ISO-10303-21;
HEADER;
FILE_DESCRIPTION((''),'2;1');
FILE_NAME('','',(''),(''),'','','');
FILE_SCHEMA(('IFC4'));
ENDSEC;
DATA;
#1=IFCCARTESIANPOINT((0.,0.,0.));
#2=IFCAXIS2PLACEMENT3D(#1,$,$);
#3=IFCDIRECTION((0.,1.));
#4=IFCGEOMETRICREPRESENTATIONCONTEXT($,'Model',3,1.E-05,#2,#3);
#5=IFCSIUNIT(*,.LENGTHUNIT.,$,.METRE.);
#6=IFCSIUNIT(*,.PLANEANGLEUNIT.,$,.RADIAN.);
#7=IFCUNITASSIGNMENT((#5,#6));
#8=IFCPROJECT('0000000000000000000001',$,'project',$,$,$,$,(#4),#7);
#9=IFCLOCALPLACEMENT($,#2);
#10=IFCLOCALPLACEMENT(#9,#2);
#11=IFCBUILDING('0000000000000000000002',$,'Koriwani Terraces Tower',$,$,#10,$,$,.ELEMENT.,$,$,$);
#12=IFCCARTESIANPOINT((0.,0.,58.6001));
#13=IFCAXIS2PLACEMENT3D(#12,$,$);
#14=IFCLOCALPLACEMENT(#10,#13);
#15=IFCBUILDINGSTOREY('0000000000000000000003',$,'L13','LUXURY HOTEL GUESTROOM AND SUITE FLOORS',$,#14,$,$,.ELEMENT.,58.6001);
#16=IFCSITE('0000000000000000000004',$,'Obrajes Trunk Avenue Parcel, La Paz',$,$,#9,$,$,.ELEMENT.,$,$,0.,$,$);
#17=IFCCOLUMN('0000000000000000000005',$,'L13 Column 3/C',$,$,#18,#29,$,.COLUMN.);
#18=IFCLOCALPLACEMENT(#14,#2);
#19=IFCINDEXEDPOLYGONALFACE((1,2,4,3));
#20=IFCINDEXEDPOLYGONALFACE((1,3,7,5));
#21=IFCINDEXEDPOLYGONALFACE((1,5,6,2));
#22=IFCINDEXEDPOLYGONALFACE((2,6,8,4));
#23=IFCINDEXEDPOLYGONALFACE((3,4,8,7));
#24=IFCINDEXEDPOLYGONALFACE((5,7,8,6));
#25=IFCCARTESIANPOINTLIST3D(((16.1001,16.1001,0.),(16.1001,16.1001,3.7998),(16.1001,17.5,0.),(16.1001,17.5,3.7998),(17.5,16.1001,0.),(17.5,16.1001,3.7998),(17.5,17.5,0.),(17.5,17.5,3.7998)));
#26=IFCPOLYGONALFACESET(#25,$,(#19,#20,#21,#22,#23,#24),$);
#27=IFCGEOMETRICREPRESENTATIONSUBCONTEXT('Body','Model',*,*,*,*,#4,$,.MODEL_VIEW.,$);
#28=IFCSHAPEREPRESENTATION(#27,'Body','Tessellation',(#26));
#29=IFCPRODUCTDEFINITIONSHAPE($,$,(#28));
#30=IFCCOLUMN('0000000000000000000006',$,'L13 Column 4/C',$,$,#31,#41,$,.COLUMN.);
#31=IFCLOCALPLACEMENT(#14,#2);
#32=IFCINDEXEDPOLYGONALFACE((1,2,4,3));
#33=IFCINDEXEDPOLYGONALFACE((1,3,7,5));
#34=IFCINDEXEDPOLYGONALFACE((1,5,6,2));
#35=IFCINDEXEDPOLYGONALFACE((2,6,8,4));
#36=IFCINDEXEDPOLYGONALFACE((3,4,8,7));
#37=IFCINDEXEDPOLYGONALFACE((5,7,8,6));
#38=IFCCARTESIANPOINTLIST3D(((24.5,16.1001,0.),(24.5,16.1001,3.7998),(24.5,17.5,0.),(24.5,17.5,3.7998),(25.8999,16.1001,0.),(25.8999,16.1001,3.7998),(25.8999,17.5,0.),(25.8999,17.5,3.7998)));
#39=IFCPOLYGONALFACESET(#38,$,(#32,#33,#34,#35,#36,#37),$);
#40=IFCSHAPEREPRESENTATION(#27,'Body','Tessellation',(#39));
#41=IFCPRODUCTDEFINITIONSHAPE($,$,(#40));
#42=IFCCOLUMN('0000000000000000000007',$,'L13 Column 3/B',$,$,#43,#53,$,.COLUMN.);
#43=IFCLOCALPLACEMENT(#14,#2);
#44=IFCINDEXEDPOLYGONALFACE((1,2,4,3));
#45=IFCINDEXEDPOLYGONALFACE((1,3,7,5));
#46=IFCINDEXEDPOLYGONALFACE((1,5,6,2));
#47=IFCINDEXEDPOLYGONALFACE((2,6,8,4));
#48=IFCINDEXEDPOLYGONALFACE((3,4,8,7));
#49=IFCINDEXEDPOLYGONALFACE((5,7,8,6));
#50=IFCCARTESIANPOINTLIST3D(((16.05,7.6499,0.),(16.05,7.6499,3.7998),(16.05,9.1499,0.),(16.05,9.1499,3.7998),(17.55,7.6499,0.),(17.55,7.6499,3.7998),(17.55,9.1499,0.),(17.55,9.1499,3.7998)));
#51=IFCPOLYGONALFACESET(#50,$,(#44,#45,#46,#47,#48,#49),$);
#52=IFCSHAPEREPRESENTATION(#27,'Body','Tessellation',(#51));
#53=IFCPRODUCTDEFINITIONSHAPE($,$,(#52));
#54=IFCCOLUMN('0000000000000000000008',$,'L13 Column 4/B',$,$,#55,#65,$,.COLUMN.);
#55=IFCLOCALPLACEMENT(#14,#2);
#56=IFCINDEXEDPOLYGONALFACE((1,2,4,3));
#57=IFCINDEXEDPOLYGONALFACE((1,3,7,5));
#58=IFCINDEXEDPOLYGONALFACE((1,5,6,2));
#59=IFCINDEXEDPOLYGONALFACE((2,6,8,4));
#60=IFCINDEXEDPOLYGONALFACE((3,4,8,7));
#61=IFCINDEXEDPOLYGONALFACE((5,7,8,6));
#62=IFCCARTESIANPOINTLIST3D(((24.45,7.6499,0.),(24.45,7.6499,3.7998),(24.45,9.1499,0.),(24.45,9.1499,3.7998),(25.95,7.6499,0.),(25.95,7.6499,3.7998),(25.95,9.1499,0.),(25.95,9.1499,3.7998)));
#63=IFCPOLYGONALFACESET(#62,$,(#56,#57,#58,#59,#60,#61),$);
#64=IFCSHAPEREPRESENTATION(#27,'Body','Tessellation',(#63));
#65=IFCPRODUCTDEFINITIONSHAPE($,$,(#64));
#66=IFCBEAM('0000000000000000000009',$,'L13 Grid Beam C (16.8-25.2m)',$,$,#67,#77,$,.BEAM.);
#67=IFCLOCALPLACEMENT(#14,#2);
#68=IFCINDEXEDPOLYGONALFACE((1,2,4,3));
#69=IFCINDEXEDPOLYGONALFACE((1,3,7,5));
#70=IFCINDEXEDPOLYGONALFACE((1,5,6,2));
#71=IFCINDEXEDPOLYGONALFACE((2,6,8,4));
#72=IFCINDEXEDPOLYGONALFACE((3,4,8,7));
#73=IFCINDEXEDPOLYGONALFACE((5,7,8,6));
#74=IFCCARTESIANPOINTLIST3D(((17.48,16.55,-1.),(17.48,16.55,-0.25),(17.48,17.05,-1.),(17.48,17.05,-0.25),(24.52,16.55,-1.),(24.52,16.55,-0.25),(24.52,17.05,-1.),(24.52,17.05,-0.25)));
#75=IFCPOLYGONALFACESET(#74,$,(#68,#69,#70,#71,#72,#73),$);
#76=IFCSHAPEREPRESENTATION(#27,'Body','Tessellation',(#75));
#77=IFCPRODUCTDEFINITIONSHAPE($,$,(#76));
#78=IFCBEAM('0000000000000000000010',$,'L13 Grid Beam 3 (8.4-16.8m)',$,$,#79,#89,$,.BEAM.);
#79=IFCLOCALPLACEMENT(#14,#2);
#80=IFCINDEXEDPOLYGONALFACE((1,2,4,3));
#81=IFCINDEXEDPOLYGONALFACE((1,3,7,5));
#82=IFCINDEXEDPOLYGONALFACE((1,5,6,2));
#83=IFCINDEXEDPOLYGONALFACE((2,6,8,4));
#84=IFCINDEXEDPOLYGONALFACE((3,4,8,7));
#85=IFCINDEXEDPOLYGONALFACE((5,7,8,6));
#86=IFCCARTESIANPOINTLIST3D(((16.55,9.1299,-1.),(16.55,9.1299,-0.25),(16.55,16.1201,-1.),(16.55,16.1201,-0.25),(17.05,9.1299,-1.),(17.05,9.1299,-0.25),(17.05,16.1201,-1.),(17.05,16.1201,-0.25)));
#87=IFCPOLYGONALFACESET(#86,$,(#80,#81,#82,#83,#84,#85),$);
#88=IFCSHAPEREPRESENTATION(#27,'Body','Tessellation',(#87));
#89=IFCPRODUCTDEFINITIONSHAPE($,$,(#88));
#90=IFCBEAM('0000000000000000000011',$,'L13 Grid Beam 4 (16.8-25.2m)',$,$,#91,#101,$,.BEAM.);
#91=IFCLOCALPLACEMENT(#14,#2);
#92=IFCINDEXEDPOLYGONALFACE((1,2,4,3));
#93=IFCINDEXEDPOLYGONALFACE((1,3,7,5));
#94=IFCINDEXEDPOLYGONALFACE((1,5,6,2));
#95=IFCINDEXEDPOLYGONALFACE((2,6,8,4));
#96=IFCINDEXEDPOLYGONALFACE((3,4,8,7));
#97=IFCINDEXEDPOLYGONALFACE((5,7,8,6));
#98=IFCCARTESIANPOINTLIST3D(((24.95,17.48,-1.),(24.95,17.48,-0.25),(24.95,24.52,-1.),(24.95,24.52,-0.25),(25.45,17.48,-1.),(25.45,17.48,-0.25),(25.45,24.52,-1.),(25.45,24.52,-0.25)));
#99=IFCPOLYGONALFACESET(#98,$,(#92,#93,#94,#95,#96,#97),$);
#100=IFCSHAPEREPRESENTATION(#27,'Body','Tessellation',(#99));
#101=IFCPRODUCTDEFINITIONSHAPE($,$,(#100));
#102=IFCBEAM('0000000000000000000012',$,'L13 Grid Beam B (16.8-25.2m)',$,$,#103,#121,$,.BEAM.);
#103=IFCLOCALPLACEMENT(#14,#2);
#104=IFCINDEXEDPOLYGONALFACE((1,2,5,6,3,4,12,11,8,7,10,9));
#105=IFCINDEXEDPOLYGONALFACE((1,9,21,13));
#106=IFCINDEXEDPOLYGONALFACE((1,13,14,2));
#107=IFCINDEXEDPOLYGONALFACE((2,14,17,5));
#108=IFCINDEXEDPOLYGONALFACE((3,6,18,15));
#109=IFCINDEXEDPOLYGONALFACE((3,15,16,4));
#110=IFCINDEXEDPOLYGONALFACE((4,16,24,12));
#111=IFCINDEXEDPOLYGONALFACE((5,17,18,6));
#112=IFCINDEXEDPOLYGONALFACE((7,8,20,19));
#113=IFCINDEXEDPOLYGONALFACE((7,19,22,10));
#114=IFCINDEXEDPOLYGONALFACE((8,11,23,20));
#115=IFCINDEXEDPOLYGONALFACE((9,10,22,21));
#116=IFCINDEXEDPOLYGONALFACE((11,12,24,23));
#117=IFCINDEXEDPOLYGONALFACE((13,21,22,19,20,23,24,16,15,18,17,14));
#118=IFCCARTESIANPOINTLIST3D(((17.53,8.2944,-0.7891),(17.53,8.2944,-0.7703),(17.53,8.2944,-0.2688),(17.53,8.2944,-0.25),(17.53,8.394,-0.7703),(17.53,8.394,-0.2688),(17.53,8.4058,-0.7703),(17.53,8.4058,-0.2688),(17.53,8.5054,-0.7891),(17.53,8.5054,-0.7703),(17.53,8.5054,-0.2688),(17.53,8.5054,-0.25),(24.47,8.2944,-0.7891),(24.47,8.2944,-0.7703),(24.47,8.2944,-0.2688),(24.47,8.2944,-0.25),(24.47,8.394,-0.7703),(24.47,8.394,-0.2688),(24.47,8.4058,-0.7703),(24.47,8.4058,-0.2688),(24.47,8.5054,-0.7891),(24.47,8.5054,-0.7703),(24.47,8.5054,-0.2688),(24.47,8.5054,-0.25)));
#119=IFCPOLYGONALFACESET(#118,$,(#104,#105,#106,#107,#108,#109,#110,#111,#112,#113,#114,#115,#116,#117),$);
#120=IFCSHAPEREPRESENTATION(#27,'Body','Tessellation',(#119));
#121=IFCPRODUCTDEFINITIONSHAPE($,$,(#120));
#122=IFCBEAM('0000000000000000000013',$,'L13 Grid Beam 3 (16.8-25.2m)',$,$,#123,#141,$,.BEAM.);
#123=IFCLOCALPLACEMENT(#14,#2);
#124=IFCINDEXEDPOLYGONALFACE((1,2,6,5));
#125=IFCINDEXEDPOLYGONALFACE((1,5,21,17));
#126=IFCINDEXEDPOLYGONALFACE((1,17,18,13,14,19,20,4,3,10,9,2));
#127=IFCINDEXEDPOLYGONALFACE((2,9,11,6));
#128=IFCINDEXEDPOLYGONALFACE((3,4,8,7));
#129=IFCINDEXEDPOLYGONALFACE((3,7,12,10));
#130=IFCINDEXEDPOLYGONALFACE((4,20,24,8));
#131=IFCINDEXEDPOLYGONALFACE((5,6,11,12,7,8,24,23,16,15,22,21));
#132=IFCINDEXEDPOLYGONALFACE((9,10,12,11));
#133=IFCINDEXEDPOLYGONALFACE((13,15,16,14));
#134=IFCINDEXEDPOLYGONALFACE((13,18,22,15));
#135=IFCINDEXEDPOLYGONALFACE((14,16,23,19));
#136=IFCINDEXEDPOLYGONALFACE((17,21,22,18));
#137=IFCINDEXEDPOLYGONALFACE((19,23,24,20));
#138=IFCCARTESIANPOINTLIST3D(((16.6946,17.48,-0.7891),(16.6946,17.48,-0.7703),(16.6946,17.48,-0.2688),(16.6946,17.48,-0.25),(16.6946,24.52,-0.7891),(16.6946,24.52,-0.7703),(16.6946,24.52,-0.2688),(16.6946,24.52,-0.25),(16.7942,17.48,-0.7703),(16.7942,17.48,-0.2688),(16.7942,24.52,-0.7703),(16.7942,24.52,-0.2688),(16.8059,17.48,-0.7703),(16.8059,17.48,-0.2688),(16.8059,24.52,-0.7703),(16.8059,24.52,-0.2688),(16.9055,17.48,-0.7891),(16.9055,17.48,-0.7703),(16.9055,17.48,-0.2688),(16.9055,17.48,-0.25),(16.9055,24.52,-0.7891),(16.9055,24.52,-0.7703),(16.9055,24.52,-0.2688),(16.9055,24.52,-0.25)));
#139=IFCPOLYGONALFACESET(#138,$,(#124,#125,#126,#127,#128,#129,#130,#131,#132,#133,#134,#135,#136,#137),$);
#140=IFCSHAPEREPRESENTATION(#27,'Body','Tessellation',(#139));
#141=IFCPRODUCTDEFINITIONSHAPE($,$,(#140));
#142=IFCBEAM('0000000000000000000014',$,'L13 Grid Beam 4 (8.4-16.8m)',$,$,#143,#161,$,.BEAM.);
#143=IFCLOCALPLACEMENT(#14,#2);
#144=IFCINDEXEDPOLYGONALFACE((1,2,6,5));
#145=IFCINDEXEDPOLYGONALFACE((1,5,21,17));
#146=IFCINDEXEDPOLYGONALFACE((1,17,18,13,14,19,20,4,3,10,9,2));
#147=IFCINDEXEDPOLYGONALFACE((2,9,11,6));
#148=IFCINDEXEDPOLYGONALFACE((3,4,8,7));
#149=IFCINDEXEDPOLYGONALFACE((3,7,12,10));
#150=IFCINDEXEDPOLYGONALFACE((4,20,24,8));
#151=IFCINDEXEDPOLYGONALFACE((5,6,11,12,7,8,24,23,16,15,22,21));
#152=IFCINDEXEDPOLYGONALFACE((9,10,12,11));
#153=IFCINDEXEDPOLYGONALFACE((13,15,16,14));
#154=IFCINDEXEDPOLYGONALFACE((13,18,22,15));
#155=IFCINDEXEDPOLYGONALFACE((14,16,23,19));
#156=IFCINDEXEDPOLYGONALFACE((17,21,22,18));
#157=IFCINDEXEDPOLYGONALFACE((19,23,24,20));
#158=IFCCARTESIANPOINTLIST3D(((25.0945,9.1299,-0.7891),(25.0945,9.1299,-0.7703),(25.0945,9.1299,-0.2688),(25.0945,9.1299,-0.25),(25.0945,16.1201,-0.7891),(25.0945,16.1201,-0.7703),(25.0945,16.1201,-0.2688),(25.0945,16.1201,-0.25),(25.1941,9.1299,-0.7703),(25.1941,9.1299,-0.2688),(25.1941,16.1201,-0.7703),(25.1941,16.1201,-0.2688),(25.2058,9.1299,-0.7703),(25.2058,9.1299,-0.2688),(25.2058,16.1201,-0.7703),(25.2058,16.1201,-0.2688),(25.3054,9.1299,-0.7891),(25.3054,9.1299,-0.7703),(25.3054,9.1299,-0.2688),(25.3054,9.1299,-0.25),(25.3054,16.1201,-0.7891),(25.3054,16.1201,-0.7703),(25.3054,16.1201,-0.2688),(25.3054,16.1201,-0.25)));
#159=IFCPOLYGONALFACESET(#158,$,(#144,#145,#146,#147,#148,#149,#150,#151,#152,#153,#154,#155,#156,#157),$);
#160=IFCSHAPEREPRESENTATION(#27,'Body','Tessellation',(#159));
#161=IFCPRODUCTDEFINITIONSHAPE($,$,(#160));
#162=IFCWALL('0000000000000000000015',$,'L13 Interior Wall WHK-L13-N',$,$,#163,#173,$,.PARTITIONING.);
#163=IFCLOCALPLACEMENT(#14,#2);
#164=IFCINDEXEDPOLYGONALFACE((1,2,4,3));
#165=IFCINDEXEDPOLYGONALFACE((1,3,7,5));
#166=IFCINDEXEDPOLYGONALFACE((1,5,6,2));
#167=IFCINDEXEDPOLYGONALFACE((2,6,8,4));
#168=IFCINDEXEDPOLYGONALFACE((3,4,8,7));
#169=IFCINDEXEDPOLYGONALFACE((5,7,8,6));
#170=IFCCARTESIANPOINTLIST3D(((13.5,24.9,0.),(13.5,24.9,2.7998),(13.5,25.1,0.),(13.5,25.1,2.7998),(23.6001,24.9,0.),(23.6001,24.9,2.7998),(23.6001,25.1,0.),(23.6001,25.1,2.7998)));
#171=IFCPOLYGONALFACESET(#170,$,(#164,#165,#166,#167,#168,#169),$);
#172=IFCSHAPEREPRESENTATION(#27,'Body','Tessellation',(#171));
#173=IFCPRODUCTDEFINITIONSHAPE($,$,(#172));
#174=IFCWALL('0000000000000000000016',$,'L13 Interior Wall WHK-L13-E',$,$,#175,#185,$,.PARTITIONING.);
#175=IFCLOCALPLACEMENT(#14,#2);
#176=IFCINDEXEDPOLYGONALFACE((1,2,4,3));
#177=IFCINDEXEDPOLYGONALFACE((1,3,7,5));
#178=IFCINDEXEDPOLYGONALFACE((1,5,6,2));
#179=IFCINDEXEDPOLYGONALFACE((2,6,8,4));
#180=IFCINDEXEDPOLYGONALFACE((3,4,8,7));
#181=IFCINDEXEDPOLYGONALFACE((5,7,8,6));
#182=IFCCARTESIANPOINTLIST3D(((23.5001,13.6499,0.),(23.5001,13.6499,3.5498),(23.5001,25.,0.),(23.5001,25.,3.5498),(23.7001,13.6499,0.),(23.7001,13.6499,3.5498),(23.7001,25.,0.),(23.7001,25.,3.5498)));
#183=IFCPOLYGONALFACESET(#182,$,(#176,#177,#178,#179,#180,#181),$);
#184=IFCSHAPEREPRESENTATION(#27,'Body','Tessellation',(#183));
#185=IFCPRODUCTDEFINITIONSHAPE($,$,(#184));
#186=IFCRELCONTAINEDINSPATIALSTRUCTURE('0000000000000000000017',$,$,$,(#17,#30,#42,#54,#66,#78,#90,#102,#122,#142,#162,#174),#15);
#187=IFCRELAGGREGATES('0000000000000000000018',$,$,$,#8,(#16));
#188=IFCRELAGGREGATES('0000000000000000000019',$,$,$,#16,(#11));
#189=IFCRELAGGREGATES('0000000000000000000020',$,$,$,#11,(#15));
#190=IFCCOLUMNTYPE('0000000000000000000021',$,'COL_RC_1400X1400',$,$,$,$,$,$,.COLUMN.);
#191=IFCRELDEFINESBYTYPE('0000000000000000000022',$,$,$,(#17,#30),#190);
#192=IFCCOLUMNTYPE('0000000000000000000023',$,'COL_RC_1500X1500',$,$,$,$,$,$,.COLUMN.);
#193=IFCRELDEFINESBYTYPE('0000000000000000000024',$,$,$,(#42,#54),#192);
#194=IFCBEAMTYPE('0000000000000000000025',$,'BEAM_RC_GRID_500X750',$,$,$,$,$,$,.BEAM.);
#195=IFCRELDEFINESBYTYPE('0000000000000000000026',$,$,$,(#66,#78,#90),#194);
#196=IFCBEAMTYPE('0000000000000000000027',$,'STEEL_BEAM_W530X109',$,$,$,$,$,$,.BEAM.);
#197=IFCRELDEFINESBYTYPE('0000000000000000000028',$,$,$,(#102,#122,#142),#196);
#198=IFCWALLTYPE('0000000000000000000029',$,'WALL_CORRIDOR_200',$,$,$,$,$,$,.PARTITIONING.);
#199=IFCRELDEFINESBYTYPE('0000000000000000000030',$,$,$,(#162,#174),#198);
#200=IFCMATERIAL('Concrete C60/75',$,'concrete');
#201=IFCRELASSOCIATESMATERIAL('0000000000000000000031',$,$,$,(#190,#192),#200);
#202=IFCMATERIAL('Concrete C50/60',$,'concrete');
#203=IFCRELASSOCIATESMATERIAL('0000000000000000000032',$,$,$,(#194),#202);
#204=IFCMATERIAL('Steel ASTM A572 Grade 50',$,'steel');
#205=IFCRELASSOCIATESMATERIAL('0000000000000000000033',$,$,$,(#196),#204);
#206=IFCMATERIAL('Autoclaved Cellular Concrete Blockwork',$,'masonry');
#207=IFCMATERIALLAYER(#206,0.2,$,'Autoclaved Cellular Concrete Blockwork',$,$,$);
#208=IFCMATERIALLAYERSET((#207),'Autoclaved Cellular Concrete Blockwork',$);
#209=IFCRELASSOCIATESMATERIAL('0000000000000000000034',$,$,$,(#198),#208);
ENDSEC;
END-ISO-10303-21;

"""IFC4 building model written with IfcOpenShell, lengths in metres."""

from ifc_helpers import new_model, si_unit, direction, frame, frame_2d, origin, origin_2d, place, context, subcontext, project, spatial, rectangle, i_section, extrude, material, layer, layer_set, material_profile, profile_set, type_object, element, save


model = new_model("IFC4")

# Units and contexts
model_context = context("Model", 3, precision=1e-05, world=origin(), true_north=direction((0.0, 1.0)))
body_context = subcontext(model_context, "Body", "Model", "MODEL_VIEW")
ifc_project = project(units=[si_unit("LENGTHUNIT", "METRE"), si_unit("PLANEANGLEUNIT", "RADIAN")], contexts=[model_context])

# Site, building, storey
site_placement = place(None, origin())
site = spatial("IfcSite", under=ifc_project, at=site_placement, Name="Obrajes Trunk Avenue Parcel, La Paz", CompositionType="ELEMENT", RefElevation=0.0)
building_placement = place(site_placement, origin())
building = spatial("IfcBuilding", under=site, at=building_placement, Name="Koriwani Terraces Tower", CompositionType="ELEMENT")
storey_placement = place(building_placement, frame((0.0, 0.0, 58.6001)))
storey = spatial("IfcBuildingStorey", under=building, at=storey_placement, Name="L13", Description="LUXURY HOTEL GUESTROOM AND SUITE FLOORS", CompositionType="ELEMENT", Elevation=58.6001)

# Columns
ifc_material_1 = material(Name="Concrete C60/75", Category="concrete")
ifc_material_profile_1 = material_profile(ifc_material_1, rectangle(XDim=1.3999, YDim=1.3999, at=origin_2d()), Name="Concrete C60/75", Category="LoadBearing")
ifc_profile_set_1 = profile_set([ifc_material_profile_1], Name="Concrete C60/75")
column_type_1 = type_object("IfcColumnType", Name="COL_RC_1400X1400", PredefinedType="COLUMN", material=ifc_profile_set_1)
for number, where, z_axis, x_axis, name in (
    (1, (16.8, 16.8, 0.0), (0.0, 0.0, 1.0), (1.0, 0.0, 0.0), "L13 Column 3/C"),
    (2, (25.2, 16.8, 0.0), (0.0, 0.0, 1.0), (1.0, 0.0, 0.0), "L13 Column 4/C"),
):
    element("IfcColumn", number, at=place(storey_placement, frame(where, z_axis=z_axis, x_axis=x_axis)), inside=storey, type_object=column_type_1, Name=name, PredefinedType="COLUMN", context=body_context, shape_type="SweptSolid", body=[
        extrude(rectangle(XDim=1.3999, YDim=1.3999, at=origin_2d()), origin(), (0.0, 0.0, 1.0), 3.7998),
    ])
ifc_material_profile_2 = material_profile(ifc_material_1, rectangle(XDim=1.5, YDim=1.5, at=origin_2d()), Name="Concrete C60/75", Category="LoadBearing")
ifc_profile_set_2 = profile_set([ifc_material_profile_2], Name="Concrete C60/75")
column_type_2 = type_object("IfcColumnType", Name="COL_RC_1500X1500", PredefinedType="COLUMN", material=ifc_profile_set_2)
for number, where, z_axis, x_axis, name in (
    (3, (16.8, 8.3999, 0.0), (0.0, 0.0, 1.0), (1.0, 0.0, 0.0), "L13 Column 3/B"),
    (4, (25.2, 8.3999, 0.0), (0.0, 0.0, 1.0), (1.0, 0.0, 0.0), "L13 Column 4/B"),
):
    element("IfcColumn", number, at=place(storey_placement, frame(where, z_axis=z_axis, x_axis=x_axis)), inside=storey, type_object=column_type_2, Name=name, PredefinedType="COLUMN", context=body_context, shape_type="SweptSolid", body=[
        extrude(rectangle(XDim=1.5, YDim=1.5, at=origin_2d()), origin(), (0.0, 0.0, 1.0), 3.7998),
    ])

# Beams
ifc_material_2 = material(Name="Concrete C50/60", Category="concrete")
ifc_material_profile_3 = material_profile(ifc_material_2, rectangle(XDim=0.5, YDim=0.75, at=origin_2d()), Name="Concrete C50/60", Category="LoadBearing")
ifc_profile_set_3 = profile_set([ifc_material_profile_3], Name="Concrete C50/60")
beam_type_1 = type_object("IfcBeamType", Name="BEAM_RC_GRID_500X750", PredefinedType="BEAM", material=ifc_profile_set_3)
beam_1_placement = place(storey_placement, frame((17.48, 16.8, -0.625), z_axis=(1.0, 0.0, 0.0), x_axis=(0.0, 1.0, 0.0)))
element("IfcBeam", 5, at=beam_1_placement, inside=storey, type_object=beam_type_1, Name="L13 Grid Beam C (16.8-25.2m)", PredefinedType="BEAM", context=body_context, shape_type="SweptSolid", body=[
    extrude(rectangle(XDim=0.5, YDim=0.75, at=origin_2d()), origin(), (0.0, 0.0, 1.0), 7.04),
])
beam_2_placement = place(storey_placement, frame((16.8, 9.1299, -0.625), z_axis=(0.0, 1.0, 0.0), x_axis=(-1.0, 0.0, 0.0)))
element("IfcBeam", 6, at=beam_2_placement, inside=storey, type_object=beam_type_1, Name="L13 Grid Beam 3 (8.4-16.8m)", PredefinedType="BEAM", context=body_context, shape_type="SweptSolid", body=[
    extrude(rectangle(XDim=0.5, YDim=0.75, at=origin_2d()), origin(), (0.0, 0.0, 1.0), 6.9902),
])
beam_3_placement = place(storey_placement, frame((25.2, 17.48, -0.625), z_axis=(0.0, 1.0, 0.0), x_axis=(-1.0, 0.0, 0.0)))
element("IfcBeam", 7, at=beam_3_placement, inside=storey, type_object=beam_type_1, Name="L13 Grid Beam 4 (16.8-25.2m)", PredefinedType="BEAM", context=body_context, shape_type="SweptSolid", body=[
    extrude(rectangle(XDim=0.5, YDim=0.75, at=origin_2d()), origin(), (0.0, 0.0, 1.0), 7.04),
])
ifc_material_3 = material(Name="Steel ASTM A572 Grade 50", Category="steel")
ifc_material_profile_4 = material_profile(ifc_material_3, i_section(OverallWidth=0.2109, OverallDepth=0.5391, WebThickness=0.0117, FlangeThickness=0.0188, at=origin_2d()), Name="Steel ASTM A572 Grade 50", Category="LoadBearing")
ifc_profile_set_4 = profile_set([ifc_material_profile_4], Name="Steel ASTM A572 Grade 50")
beam_type_2 = type_object("IfcBeamType", Name="STEEL_BEAM_W530X109", PredefinedType="BEAM", material=ifc_profile_set_4)
beam_4_placement = place(storey_placement, frame((17.53, 8.3999, -0.5195), z_axis=(1.0, 0.0, 0.0), x_axis=(0.0, 1.0, 0.0)))
element("IfcBeam", 8, at=beam_4_placement, inside=storey, type_object=beam_type_2, Name="L13 Grid Beam B (16.8-25.2m)", PredefinedType="BEAM", context=body_context, shape_type="SweptSolid", body=[
    extrude(i_section(OverallWidth=0.2109, OverallDepth=0.5391, WebThickness=0.0117, FlangeThickness=0.0188, at=origin_2d()), origin(), (0.0, 0.0, 1.0), 6.9399),
])
beam_5_placement = place(storey_placement, frame((16.8, 17.48, -0.5195), z_axis=(0.0, 1.0, 0.0), x_axis=(-1.0, 0.0, 0.0)))
element("IfcBeam", 9, at=beam_5_placement, inside=storey, type_object=beam_type_2, Name="L13 Grid Beam 3 (16.8-25.2m)", PredefinedType="BEAM", context=body_context, shape_type="SweptSolid", body=[
    extrude(i_section(OverallWidth=0.2109, OverallDepth=0.5391, WebThickness=0.0117, FlangeThickness=0.0188, at=origin_2d()), origin(), (0.0, 0.0, 1.0), 7.04),
])
beam_6_placement = place(storey_placement, frame((25.2, 9.1299, -0.5195), z_axis=(0.0, 1.0, 0.0), x_axis=(-1.0, 0.0, 0.0)))
element("IfcBeam", 10, at=beam_6_placement, inside=storey, type_object=beam_type_2, Name="L13 Grid Beam 4 (8.4-16.8m)", PredefinedType="BEAM", context=body_context, shape_type="SweptSolid", body=[
    extrude(i_section(OverallWidth=0.2109, OverallDepth=0.5391, WebThickness=0.0117, FlangeThickness=0.0188, at=origin_2d()), origin(), (0.0, 0.0, 1.0), 6.9902),
])

# Walls
ifc_material_4 = material(Name="Autoclaved Cellular Concrete Blockwork", Category="masonry")
ifc_layer_1 = layer(ifc_material_4, 0.2, Name="Autoclaved Cellular Concrete Blockwork")
ifc_layer_set_1 = layer_set([ifc_layer_1], Name="Autoclaved Cellular Concrete Blockwork")
wall_type_1 = type_object("IfcWallType", Name="WALL_CORRIDOR_200", PredefinedType="PARTITIONING", material=ifc_layer_set_1)
wall_1_placement = place(storey_placement, frame((13.5, 25.0, 0.0), z_axis=(0.0, 0.0, 1.0), x_axis=(1.0, 0.0, 0.0)))
element("IfcWall", 11, at=wall_1_placement, inside=storey, type_object=wall_type_1, Name="L13 Interior Wall WHK-L13-N", PredefinedType="PARTITIONING", context=body_context, shape_type="SweptSolid", body=[
    extrude(rectangle(XDim=10.1001, YDim=0.2, at=frame_2d((5.05, 0.0))), origin(), (0.0, 0.0, 1.0), 2.7998),
])
wall_2_placement = place(storey_placement, frame((23.6001, 13.6499, 0.0), z_axis=(0.0, 0.0, 1.0), x_axis=(0.0, 1.0, 0.0)))
element("IfcWall", 12, at=wall_2_placement, inside=storey, type_object=wall_type_1, Name="L13 Interior Wall WHK-L13-E", PredefinedType="PARTITIONING", context=body_context, shape_type="SweptSolid", body=[
    extrude(rectangle(XDim=11.3501, YDim=0.2, at=frame_2d((5.675, 0.0))), origin(), (0.0, 0.0, 1.0), 3.5498),
])

save(model, "model.ifc")
